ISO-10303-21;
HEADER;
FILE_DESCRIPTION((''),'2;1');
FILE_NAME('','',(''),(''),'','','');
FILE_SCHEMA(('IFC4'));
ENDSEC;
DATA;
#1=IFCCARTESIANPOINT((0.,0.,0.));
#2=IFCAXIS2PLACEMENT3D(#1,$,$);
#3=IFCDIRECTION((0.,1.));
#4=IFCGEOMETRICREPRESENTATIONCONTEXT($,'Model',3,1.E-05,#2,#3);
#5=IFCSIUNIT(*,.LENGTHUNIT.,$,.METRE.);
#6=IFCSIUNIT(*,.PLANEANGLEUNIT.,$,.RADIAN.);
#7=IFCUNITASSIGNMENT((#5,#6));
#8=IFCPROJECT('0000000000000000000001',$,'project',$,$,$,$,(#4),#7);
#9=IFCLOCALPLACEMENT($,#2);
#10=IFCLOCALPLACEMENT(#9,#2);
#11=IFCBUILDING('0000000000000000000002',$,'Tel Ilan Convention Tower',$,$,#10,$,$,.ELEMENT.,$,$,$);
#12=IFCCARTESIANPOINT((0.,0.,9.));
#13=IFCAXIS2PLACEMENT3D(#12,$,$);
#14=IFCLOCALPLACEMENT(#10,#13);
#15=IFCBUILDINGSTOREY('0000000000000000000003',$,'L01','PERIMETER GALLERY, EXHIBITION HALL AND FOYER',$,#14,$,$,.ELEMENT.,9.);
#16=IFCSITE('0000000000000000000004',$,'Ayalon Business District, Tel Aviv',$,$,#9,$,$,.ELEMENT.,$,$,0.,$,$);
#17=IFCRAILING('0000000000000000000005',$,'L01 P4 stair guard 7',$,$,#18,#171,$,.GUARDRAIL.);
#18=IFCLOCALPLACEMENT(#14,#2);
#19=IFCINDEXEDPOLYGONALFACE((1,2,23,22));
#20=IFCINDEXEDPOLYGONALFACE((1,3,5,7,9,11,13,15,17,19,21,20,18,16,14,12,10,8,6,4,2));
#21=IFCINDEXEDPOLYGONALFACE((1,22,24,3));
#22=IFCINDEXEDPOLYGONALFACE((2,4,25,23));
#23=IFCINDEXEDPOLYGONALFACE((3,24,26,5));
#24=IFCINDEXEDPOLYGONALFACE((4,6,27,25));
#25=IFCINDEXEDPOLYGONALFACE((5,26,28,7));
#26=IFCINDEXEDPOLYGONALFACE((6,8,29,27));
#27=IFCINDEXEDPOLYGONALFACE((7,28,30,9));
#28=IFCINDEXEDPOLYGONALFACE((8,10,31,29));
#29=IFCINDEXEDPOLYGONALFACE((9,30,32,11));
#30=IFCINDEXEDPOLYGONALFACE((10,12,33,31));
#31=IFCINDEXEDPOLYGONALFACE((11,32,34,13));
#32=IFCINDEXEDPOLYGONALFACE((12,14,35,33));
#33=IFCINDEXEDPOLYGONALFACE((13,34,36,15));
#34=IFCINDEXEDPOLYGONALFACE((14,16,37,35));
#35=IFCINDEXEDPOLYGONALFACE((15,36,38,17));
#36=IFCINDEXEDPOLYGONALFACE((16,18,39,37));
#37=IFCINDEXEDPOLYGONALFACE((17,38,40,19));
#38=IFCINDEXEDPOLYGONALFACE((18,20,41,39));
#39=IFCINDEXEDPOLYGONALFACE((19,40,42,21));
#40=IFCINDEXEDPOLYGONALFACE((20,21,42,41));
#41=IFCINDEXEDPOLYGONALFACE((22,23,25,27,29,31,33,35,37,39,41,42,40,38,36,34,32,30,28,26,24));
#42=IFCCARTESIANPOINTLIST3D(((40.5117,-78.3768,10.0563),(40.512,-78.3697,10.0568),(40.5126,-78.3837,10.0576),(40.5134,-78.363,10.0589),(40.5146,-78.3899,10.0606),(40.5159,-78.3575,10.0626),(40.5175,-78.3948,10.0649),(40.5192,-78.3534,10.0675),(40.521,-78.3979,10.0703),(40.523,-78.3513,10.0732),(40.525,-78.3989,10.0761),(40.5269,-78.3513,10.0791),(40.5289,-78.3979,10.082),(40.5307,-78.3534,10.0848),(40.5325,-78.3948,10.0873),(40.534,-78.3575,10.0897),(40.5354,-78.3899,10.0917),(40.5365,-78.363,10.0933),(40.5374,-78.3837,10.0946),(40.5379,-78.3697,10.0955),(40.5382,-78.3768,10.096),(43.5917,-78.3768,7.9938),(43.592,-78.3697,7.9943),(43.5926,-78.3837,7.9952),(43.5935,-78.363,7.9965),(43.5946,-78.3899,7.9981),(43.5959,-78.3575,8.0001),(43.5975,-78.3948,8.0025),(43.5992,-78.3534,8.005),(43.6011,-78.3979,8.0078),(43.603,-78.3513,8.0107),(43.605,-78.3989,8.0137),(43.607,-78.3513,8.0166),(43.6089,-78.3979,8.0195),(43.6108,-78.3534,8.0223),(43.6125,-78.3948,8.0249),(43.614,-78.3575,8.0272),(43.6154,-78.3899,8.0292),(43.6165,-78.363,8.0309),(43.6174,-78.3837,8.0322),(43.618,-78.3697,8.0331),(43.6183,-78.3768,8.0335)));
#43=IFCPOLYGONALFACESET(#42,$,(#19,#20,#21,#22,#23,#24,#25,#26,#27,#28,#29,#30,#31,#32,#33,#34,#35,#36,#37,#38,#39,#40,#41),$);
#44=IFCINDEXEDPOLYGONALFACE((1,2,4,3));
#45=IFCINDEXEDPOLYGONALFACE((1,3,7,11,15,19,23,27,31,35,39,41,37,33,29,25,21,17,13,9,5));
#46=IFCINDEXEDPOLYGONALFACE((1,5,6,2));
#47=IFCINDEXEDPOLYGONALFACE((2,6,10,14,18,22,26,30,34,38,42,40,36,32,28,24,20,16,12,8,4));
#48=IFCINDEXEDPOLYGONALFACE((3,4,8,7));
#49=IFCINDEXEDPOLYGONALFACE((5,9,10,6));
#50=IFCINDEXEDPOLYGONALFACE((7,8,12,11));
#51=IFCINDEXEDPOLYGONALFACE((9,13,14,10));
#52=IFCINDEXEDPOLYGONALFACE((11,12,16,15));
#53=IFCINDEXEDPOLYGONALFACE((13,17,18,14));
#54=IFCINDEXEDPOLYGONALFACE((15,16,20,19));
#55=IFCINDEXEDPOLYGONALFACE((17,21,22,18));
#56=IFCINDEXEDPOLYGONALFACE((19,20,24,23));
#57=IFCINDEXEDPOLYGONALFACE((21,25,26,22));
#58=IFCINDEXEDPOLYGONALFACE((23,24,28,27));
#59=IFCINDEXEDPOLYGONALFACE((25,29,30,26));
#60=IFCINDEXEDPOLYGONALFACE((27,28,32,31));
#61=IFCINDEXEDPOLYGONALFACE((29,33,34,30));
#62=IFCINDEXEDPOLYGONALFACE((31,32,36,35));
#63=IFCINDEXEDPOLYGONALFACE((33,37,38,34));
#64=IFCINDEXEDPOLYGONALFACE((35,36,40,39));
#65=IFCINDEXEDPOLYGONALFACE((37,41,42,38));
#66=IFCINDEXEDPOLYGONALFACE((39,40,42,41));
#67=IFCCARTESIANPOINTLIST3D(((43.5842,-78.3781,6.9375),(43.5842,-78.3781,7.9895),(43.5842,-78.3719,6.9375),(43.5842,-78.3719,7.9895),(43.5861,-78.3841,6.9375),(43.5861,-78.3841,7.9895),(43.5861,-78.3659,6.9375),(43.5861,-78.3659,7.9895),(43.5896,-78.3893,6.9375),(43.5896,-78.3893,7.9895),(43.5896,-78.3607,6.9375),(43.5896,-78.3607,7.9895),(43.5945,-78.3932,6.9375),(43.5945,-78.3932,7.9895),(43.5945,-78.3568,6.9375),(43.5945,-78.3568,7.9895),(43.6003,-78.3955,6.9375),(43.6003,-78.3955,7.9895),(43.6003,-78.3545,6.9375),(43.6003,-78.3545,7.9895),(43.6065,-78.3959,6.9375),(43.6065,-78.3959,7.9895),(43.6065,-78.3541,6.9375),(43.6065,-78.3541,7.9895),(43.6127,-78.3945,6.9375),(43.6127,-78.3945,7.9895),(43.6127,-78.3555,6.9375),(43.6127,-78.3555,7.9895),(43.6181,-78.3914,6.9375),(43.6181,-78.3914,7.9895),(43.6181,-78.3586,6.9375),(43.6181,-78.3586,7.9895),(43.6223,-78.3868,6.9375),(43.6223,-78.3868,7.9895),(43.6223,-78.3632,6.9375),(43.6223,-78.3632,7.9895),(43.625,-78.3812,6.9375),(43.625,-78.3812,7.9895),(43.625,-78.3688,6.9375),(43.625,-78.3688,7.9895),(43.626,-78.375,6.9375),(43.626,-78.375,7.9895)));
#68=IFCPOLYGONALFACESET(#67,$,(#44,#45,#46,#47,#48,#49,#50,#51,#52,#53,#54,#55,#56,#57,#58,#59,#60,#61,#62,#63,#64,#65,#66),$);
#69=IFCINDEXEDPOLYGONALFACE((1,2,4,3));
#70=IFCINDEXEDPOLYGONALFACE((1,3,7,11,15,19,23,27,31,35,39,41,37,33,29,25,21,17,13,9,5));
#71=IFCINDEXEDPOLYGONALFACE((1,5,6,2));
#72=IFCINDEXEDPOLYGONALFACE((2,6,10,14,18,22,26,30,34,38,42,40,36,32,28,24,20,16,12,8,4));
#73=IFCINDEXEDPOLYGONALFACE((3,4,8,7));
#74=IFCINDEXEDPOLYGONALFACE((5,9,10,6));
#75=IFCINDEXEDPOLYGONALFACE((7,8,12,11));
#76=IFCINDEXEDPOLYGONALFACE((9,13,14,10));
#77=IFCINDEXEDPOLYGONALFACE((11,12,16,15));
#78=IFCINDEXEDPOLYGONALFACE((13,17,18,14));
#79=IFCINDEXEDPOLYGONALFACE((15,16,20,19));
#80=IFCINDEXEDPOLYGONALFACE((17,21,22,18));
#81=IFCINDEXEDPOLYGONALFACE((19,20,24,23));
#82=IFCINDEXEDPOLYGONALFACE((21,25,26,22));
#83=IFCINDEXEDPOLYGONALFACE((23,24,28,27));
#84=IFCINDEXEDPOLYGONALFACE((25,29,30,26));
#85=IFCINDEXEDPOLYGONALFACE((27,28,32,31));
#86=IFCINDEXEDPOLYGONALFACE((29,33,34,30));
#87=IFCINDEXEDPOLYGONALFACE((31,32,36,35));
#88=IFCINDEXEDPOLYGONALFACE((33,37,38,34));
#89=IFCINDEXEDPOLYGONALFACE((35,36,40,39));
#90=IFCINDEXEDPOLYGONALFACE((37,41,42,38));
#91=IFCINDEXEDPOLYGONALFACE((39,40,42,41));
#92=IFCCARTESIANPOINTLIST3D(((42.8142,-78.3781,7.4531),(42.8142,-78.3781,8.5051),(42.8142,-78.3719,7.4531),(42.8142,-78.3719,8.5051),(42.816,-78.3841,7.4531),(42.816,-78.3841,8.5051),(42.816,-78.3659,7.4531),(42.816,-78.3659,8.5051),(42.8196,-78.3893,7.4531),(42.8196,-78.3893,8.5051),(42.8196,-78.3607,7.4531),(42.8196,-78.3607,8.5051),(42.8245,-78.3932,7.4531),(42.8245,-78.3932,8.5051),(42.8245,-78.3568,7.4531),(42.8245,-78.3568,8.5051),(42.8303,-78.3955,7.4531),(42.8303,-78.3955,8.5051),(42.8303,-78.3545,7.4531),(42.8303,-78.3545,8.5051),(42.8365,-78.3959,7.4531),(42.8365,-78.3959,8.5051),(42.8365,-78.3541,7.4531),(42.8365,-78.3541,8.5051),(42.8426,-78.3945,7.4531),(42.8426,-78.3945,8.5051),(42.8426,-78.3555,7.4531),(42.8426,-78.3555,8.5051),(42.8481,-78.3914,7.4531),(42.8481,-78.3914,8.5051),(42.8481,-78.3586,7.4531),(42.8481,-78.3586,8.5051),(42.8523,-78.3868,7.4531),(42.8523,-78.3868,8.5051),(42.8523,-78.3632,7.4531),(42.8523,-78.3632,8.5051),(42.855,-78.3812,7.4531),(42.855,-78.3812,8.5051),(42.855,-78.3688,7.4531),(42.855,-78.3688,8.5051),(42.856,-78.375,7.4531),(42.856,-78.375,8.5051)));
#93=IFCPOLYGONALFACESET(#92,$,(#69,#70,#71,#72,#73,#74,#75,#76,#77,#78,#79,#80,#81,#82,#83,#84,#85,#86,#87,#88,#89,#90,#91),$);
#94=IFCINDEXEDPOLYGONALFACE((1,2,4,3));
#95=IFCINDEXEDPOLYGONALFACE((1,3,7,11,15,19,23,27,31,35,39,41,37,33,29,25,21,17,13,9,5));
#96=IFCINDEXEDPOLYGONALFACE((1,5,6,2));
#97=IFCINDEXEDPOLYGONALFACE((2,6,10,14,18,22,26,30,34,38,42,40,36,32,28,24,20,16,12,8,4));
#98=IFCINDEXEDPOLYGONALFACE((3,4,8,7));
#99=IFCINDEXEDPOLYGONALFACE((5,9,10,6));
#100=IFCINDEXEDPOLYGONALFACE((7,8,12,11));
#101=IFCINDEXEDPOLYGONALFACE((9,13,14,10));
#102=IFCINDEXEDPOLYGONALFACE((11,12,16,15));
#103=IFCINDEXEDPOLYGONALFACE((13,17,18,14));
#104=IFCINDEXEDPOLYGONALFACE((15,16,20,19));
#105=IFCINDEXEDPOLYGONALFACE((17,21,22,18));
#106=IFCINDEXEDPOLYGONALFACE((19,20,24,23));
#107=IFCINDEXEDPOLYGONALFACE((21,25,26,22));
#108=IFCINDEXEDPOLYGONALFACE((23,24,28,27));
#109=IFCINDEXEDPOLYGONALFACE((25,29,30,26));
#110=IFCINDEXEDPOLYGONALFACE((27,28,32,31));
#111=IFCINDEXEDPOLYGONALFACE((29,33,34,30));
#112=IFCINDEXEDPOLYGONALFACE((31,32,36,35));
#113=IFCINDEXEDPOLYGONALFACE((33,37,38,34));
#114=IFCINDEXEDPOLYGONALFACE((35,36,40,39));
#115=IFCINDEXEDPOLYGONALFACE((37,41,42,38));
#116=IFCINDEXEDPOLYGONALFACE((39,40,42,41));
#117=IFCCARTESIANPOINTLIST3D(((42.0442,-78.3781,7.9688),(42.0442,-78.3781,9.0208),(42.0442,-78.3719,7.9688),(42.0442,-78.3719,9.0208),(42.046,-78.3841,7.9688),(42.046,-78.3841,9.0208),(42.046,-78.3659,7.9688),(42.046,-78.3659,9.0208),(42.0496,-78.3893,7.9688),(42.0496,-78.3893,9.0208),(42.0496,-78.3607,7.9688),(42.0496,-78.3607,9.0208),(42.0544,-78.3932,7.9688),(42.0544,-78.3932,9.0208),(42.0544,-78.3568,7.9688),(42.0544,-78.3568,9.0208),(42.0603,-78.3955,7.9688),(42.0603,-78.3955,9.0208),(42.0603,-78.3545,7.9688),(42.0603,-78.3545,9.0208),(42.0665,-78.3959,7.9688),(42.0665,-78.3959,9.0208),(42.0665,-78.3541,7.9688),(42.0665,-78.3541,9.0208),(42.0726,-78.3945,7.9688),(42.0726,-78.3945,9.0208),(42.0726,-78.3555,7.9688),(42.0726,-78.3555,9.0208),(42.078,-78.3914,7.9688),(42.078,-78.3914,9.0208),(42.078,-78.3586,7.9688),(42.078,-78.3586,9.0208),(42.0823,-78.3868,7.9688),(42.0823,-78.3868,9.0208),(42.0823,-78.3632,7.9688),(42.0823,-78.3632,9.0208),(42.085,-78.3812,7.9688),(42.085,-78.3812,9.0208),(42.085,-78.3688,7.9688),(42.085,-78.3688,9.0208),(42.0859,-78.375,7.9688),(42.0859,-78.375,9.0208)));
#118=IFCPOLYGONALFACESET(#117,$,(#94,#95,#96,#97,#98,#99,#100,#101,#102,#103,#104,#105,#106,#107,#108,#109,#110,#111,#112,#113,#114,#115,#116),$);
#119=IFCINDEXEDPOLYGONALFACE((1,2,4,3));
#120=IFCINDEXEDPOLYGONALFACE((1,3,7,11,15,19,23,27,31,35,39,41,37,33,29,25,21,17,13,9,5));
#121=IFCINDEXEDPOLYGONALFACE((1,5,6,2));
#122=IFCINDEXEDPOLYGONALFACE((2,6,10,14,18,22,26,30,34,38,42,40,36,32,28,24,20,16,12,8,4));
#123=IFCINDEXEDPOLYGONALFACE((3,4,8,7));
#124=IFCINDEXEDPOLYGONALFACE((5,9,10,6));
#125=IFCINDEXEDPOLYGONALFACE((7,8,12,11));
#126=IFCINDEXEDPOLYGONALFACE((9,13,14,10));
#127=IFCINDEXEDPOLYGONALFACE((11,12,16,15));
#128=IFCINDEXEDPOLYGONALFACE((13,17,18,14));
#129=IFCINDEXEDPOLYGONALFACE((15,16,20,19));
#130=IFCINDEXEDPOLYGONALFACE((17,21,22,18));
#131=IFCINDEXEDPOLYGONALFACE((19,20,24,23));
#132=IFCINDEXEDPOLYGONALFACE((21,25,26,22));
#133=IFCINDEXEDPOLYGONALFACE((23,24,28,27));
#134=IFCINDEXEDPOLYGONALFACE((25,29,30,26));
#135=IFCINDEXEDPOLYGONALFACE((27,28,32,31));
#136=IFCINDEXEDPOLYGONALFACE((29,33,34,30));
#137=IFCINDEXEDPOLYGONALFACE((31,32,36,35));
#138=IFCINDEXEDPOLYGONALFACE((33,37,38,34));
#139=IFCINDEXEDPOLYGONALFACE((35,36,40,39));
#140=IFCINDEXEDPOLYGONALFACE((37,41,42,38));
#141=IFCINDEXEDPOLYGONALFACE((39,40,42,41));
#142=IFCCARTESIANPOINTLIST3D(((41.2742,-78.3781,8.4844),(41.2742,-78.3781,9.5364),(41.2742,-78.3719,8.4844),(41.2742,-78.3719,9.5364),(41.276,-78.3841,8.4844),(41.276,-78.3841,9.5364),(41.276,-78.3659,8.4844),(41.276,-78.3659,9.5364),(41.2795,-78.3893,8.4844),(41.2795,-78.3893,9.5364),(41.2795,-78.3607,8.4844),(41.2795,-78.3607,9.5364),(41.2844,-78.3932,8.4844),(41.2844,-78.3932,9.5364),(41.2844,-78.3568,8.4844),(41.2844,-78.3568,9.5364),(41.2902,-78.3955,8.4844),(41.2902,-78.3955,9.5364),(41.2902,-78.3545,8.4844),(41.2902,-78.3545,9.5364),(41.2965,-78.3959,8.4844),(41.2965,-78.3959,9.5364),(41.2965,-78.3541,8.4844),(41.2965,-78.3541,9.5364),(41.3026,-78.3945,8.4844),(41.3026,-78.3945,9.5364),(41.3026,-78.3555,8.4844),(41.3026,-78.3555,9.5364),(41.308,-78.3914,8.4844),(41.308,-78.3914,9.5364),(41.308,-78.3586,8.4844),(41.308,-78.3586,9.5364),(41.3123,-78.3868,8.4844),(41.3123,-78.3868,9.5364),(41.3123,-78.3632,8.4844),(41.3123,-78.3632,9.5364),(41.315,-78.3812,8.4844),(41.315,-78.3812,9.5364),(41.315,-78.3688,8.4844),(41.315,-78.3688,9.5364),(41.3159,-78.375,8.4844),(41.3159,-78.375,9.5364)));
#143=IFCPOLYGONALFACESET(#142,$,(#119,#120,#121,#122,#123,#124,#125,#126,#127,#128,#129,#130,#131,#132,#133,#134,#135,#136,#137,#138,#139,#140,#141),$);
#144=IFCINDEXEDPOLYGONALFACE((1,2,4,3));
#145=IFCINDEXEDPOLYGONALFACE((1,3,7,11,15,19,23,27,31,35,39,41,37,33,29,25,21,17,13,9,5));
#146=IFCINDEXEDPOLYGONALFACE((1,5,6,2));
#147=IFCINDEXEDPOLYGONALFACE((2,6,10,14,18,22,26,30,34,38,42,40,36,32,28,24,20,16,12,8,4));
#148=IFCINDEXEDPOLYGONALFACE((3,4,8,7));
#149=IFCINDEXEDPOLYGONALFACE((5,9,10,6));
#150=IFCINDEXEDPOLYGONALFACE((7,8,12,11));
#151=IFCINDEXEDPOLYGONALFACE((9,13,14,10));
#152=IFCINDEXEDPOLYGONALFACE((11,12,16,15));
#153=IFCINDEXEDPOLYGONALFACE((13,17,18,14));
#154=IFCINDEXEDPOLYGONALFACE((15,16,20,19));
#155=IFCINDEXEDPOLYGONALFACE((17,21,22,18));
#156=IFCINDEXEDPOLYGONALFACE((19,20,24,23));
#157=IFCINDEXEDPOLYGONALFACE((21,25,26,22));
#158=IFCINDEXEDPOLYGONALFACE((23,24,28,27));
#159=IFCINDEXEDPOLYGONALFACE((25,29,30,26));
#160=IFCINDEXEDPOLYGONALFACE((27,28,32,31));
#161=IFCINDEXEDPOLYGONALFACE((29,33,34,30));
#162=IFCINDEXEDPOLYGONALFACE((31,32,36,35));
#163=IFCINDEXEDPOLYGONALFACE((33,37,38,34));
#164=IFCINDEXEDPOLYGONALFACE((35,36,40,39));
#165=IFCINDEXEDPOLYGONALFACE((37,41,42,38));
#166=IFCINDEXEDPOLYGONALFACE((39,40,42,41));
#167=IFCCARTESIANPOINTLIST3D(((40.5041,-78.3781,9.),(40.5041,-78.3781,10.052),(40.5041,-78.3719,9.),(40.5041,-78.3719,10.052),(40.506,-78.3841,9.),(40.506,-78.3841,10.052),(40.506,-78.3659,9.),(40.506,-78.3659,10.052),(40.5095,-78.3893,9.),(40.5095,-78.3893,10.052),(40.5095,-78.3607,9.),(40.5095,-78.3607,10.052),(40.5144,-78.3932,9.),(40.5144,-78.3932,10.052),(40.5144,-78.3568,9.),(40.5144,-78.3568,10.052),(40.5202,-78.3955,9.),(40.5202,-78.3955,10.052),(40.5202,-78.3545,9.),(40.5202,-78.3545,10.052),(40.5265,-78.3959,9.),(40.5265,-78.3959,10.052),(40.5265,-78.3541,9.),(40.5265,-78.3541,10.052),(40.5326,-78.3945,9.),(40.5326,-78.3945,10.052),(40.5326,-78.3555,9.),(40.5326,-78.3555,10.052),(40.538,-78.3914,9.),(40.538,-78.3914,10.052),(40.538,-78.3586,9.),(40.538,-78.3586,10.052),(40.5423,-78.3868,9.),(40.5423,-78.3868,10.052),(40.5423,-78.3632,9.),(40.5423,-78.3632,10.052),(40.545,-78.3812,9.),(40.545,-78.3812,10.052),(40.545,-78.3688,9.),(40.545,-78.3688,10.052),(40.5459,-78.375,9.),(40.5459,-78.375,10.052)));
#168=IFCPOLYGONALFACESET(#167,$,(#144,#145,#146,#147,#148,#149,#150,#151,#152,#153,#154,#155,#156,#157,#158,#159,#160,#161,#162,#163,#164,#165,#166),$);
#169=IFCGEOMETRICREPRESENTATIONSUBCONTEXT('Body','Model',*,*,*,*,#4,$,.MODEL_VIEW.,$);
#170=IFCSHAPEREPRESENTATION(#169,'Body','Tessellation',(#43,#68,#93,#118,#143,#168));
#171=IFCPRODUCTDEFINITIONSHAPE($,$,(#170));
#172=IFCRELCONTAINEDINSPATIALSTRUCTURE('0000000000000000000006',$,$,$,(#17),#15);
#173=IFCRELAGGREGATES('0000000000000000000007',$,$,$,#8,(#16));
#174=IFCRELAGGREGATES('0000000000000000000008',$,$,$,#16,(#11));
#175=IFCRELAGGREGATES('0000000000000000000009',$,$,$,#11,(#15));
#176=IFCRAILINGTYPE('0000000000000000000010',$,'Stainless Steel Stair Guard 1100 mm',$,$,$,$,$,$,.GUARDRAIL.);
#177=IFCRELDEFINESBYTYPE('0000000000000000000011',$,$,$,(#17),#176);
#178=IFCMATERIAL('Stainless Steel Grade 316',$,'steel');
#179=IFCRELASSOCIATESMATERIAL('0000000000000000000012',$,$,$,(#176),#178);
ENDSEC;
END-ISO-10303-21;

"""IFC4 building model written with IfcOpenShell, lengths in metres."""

from ifc_helpers import new_model, si_unit, direction, frame, origin, origin_2d, place, context, subcontext, project, spatial, circle, extrude, material, type_object, element, save


model = new_model("IFC4")

# Units and contexts
model_context = context("Model", 3, precision=1e-05, world=origin(), true_north=direction((0.0, 1.0)))
body_context = subcontext(model_context, "Body", "Model", "MODEL_VIEW")
ifc_project = project(units=[si_unit("LENGTHUNIT", "METRE"), si_unit("PLANEANGLEUNIT", "RADIAN")], contexts=[model_context])

# Site, building, storey
site_placement = place(None, origin())
site = spatial("IfcSite", under=ifc_project, at=site_placement, Name="Ayalon Business District, Tel Aviv", CompositionType="ELEMENT", RefElevation=0.0)
building_placement = place(site_placement, origin())
building = spatial("IfcBuilding", under=site, at=building_placement, Name="Tel Ilan Convention Tower", CompositionType="ELEMENT")
storey_placement = place(building_placement, frame((0.0, 0.0, 9.0)))
storey = spatial("IfcBuildingStorey", under=building, at=storey_placement, Name="L01", Description="PERIMETER GALLERY, EXHIBITION HALL AND FOYER", CompositionType="ELEMENT", Elevation=9.0)

# Railing
ifc_material_1 = material(Name="Stainless Steel Grade 316", Category="steel")
railing_type_1 = type_object("IfcRailingType", Name="Stainless Steel Stair Guard 1100 mm", PredefinedType="GUARDRAIL", material=ifc_material_1)
railing_1_placement = place(storey_placement, frame((43.605, -78.375, 6.9375)))
element("IfcRailing", 1, at=railing_1_placement, inside=storey, type_object=railing_type_1, Name="L01 P4 stair guard 7", PredefinedType="GUARDRAIL", context=body_context, shape_type="SweptSolid", body=[
    extrude(circle(Radius=0.0239, at=origin_2d()), frame((0.0, 0.0, 1.0762), z_axis=(-0.830914, 0.0, 0.556401), x_axis=(0.0, -1.0, 0.0)), (0.0, 0.0, 1.0), 3.7068),
    extrude(circle(Radius=0.021, at=origin_2d()), origin(), (0.0, 0.0, 1.0), 1.052),
    extrude(circle(Radius=0.021, at=origin_2d()), frame((-0.77, 0.0, 0.5156)), (0.0, 0.0, 1.0), 1.052),
    extrude(circle(Radius=0.021, at=origin_2d()), frame((-1.54, 0.0, 1.0312)), (0.0, 0.0, 1.0), 1.052),
    extrude(circle(Radius=0.021, at=origin_2d()), frame((-2.3101, 0.0, 1.5469)), (0.0, 0.0, 1.0), 1.052),
    extrude(circle(Radius=0.021, at=origin_2d()), frame((-3.0801, 0.0, 2.0625)), (0.0, 0.0, 1.0), 1.052),
])

save(model, "model.ifc")
